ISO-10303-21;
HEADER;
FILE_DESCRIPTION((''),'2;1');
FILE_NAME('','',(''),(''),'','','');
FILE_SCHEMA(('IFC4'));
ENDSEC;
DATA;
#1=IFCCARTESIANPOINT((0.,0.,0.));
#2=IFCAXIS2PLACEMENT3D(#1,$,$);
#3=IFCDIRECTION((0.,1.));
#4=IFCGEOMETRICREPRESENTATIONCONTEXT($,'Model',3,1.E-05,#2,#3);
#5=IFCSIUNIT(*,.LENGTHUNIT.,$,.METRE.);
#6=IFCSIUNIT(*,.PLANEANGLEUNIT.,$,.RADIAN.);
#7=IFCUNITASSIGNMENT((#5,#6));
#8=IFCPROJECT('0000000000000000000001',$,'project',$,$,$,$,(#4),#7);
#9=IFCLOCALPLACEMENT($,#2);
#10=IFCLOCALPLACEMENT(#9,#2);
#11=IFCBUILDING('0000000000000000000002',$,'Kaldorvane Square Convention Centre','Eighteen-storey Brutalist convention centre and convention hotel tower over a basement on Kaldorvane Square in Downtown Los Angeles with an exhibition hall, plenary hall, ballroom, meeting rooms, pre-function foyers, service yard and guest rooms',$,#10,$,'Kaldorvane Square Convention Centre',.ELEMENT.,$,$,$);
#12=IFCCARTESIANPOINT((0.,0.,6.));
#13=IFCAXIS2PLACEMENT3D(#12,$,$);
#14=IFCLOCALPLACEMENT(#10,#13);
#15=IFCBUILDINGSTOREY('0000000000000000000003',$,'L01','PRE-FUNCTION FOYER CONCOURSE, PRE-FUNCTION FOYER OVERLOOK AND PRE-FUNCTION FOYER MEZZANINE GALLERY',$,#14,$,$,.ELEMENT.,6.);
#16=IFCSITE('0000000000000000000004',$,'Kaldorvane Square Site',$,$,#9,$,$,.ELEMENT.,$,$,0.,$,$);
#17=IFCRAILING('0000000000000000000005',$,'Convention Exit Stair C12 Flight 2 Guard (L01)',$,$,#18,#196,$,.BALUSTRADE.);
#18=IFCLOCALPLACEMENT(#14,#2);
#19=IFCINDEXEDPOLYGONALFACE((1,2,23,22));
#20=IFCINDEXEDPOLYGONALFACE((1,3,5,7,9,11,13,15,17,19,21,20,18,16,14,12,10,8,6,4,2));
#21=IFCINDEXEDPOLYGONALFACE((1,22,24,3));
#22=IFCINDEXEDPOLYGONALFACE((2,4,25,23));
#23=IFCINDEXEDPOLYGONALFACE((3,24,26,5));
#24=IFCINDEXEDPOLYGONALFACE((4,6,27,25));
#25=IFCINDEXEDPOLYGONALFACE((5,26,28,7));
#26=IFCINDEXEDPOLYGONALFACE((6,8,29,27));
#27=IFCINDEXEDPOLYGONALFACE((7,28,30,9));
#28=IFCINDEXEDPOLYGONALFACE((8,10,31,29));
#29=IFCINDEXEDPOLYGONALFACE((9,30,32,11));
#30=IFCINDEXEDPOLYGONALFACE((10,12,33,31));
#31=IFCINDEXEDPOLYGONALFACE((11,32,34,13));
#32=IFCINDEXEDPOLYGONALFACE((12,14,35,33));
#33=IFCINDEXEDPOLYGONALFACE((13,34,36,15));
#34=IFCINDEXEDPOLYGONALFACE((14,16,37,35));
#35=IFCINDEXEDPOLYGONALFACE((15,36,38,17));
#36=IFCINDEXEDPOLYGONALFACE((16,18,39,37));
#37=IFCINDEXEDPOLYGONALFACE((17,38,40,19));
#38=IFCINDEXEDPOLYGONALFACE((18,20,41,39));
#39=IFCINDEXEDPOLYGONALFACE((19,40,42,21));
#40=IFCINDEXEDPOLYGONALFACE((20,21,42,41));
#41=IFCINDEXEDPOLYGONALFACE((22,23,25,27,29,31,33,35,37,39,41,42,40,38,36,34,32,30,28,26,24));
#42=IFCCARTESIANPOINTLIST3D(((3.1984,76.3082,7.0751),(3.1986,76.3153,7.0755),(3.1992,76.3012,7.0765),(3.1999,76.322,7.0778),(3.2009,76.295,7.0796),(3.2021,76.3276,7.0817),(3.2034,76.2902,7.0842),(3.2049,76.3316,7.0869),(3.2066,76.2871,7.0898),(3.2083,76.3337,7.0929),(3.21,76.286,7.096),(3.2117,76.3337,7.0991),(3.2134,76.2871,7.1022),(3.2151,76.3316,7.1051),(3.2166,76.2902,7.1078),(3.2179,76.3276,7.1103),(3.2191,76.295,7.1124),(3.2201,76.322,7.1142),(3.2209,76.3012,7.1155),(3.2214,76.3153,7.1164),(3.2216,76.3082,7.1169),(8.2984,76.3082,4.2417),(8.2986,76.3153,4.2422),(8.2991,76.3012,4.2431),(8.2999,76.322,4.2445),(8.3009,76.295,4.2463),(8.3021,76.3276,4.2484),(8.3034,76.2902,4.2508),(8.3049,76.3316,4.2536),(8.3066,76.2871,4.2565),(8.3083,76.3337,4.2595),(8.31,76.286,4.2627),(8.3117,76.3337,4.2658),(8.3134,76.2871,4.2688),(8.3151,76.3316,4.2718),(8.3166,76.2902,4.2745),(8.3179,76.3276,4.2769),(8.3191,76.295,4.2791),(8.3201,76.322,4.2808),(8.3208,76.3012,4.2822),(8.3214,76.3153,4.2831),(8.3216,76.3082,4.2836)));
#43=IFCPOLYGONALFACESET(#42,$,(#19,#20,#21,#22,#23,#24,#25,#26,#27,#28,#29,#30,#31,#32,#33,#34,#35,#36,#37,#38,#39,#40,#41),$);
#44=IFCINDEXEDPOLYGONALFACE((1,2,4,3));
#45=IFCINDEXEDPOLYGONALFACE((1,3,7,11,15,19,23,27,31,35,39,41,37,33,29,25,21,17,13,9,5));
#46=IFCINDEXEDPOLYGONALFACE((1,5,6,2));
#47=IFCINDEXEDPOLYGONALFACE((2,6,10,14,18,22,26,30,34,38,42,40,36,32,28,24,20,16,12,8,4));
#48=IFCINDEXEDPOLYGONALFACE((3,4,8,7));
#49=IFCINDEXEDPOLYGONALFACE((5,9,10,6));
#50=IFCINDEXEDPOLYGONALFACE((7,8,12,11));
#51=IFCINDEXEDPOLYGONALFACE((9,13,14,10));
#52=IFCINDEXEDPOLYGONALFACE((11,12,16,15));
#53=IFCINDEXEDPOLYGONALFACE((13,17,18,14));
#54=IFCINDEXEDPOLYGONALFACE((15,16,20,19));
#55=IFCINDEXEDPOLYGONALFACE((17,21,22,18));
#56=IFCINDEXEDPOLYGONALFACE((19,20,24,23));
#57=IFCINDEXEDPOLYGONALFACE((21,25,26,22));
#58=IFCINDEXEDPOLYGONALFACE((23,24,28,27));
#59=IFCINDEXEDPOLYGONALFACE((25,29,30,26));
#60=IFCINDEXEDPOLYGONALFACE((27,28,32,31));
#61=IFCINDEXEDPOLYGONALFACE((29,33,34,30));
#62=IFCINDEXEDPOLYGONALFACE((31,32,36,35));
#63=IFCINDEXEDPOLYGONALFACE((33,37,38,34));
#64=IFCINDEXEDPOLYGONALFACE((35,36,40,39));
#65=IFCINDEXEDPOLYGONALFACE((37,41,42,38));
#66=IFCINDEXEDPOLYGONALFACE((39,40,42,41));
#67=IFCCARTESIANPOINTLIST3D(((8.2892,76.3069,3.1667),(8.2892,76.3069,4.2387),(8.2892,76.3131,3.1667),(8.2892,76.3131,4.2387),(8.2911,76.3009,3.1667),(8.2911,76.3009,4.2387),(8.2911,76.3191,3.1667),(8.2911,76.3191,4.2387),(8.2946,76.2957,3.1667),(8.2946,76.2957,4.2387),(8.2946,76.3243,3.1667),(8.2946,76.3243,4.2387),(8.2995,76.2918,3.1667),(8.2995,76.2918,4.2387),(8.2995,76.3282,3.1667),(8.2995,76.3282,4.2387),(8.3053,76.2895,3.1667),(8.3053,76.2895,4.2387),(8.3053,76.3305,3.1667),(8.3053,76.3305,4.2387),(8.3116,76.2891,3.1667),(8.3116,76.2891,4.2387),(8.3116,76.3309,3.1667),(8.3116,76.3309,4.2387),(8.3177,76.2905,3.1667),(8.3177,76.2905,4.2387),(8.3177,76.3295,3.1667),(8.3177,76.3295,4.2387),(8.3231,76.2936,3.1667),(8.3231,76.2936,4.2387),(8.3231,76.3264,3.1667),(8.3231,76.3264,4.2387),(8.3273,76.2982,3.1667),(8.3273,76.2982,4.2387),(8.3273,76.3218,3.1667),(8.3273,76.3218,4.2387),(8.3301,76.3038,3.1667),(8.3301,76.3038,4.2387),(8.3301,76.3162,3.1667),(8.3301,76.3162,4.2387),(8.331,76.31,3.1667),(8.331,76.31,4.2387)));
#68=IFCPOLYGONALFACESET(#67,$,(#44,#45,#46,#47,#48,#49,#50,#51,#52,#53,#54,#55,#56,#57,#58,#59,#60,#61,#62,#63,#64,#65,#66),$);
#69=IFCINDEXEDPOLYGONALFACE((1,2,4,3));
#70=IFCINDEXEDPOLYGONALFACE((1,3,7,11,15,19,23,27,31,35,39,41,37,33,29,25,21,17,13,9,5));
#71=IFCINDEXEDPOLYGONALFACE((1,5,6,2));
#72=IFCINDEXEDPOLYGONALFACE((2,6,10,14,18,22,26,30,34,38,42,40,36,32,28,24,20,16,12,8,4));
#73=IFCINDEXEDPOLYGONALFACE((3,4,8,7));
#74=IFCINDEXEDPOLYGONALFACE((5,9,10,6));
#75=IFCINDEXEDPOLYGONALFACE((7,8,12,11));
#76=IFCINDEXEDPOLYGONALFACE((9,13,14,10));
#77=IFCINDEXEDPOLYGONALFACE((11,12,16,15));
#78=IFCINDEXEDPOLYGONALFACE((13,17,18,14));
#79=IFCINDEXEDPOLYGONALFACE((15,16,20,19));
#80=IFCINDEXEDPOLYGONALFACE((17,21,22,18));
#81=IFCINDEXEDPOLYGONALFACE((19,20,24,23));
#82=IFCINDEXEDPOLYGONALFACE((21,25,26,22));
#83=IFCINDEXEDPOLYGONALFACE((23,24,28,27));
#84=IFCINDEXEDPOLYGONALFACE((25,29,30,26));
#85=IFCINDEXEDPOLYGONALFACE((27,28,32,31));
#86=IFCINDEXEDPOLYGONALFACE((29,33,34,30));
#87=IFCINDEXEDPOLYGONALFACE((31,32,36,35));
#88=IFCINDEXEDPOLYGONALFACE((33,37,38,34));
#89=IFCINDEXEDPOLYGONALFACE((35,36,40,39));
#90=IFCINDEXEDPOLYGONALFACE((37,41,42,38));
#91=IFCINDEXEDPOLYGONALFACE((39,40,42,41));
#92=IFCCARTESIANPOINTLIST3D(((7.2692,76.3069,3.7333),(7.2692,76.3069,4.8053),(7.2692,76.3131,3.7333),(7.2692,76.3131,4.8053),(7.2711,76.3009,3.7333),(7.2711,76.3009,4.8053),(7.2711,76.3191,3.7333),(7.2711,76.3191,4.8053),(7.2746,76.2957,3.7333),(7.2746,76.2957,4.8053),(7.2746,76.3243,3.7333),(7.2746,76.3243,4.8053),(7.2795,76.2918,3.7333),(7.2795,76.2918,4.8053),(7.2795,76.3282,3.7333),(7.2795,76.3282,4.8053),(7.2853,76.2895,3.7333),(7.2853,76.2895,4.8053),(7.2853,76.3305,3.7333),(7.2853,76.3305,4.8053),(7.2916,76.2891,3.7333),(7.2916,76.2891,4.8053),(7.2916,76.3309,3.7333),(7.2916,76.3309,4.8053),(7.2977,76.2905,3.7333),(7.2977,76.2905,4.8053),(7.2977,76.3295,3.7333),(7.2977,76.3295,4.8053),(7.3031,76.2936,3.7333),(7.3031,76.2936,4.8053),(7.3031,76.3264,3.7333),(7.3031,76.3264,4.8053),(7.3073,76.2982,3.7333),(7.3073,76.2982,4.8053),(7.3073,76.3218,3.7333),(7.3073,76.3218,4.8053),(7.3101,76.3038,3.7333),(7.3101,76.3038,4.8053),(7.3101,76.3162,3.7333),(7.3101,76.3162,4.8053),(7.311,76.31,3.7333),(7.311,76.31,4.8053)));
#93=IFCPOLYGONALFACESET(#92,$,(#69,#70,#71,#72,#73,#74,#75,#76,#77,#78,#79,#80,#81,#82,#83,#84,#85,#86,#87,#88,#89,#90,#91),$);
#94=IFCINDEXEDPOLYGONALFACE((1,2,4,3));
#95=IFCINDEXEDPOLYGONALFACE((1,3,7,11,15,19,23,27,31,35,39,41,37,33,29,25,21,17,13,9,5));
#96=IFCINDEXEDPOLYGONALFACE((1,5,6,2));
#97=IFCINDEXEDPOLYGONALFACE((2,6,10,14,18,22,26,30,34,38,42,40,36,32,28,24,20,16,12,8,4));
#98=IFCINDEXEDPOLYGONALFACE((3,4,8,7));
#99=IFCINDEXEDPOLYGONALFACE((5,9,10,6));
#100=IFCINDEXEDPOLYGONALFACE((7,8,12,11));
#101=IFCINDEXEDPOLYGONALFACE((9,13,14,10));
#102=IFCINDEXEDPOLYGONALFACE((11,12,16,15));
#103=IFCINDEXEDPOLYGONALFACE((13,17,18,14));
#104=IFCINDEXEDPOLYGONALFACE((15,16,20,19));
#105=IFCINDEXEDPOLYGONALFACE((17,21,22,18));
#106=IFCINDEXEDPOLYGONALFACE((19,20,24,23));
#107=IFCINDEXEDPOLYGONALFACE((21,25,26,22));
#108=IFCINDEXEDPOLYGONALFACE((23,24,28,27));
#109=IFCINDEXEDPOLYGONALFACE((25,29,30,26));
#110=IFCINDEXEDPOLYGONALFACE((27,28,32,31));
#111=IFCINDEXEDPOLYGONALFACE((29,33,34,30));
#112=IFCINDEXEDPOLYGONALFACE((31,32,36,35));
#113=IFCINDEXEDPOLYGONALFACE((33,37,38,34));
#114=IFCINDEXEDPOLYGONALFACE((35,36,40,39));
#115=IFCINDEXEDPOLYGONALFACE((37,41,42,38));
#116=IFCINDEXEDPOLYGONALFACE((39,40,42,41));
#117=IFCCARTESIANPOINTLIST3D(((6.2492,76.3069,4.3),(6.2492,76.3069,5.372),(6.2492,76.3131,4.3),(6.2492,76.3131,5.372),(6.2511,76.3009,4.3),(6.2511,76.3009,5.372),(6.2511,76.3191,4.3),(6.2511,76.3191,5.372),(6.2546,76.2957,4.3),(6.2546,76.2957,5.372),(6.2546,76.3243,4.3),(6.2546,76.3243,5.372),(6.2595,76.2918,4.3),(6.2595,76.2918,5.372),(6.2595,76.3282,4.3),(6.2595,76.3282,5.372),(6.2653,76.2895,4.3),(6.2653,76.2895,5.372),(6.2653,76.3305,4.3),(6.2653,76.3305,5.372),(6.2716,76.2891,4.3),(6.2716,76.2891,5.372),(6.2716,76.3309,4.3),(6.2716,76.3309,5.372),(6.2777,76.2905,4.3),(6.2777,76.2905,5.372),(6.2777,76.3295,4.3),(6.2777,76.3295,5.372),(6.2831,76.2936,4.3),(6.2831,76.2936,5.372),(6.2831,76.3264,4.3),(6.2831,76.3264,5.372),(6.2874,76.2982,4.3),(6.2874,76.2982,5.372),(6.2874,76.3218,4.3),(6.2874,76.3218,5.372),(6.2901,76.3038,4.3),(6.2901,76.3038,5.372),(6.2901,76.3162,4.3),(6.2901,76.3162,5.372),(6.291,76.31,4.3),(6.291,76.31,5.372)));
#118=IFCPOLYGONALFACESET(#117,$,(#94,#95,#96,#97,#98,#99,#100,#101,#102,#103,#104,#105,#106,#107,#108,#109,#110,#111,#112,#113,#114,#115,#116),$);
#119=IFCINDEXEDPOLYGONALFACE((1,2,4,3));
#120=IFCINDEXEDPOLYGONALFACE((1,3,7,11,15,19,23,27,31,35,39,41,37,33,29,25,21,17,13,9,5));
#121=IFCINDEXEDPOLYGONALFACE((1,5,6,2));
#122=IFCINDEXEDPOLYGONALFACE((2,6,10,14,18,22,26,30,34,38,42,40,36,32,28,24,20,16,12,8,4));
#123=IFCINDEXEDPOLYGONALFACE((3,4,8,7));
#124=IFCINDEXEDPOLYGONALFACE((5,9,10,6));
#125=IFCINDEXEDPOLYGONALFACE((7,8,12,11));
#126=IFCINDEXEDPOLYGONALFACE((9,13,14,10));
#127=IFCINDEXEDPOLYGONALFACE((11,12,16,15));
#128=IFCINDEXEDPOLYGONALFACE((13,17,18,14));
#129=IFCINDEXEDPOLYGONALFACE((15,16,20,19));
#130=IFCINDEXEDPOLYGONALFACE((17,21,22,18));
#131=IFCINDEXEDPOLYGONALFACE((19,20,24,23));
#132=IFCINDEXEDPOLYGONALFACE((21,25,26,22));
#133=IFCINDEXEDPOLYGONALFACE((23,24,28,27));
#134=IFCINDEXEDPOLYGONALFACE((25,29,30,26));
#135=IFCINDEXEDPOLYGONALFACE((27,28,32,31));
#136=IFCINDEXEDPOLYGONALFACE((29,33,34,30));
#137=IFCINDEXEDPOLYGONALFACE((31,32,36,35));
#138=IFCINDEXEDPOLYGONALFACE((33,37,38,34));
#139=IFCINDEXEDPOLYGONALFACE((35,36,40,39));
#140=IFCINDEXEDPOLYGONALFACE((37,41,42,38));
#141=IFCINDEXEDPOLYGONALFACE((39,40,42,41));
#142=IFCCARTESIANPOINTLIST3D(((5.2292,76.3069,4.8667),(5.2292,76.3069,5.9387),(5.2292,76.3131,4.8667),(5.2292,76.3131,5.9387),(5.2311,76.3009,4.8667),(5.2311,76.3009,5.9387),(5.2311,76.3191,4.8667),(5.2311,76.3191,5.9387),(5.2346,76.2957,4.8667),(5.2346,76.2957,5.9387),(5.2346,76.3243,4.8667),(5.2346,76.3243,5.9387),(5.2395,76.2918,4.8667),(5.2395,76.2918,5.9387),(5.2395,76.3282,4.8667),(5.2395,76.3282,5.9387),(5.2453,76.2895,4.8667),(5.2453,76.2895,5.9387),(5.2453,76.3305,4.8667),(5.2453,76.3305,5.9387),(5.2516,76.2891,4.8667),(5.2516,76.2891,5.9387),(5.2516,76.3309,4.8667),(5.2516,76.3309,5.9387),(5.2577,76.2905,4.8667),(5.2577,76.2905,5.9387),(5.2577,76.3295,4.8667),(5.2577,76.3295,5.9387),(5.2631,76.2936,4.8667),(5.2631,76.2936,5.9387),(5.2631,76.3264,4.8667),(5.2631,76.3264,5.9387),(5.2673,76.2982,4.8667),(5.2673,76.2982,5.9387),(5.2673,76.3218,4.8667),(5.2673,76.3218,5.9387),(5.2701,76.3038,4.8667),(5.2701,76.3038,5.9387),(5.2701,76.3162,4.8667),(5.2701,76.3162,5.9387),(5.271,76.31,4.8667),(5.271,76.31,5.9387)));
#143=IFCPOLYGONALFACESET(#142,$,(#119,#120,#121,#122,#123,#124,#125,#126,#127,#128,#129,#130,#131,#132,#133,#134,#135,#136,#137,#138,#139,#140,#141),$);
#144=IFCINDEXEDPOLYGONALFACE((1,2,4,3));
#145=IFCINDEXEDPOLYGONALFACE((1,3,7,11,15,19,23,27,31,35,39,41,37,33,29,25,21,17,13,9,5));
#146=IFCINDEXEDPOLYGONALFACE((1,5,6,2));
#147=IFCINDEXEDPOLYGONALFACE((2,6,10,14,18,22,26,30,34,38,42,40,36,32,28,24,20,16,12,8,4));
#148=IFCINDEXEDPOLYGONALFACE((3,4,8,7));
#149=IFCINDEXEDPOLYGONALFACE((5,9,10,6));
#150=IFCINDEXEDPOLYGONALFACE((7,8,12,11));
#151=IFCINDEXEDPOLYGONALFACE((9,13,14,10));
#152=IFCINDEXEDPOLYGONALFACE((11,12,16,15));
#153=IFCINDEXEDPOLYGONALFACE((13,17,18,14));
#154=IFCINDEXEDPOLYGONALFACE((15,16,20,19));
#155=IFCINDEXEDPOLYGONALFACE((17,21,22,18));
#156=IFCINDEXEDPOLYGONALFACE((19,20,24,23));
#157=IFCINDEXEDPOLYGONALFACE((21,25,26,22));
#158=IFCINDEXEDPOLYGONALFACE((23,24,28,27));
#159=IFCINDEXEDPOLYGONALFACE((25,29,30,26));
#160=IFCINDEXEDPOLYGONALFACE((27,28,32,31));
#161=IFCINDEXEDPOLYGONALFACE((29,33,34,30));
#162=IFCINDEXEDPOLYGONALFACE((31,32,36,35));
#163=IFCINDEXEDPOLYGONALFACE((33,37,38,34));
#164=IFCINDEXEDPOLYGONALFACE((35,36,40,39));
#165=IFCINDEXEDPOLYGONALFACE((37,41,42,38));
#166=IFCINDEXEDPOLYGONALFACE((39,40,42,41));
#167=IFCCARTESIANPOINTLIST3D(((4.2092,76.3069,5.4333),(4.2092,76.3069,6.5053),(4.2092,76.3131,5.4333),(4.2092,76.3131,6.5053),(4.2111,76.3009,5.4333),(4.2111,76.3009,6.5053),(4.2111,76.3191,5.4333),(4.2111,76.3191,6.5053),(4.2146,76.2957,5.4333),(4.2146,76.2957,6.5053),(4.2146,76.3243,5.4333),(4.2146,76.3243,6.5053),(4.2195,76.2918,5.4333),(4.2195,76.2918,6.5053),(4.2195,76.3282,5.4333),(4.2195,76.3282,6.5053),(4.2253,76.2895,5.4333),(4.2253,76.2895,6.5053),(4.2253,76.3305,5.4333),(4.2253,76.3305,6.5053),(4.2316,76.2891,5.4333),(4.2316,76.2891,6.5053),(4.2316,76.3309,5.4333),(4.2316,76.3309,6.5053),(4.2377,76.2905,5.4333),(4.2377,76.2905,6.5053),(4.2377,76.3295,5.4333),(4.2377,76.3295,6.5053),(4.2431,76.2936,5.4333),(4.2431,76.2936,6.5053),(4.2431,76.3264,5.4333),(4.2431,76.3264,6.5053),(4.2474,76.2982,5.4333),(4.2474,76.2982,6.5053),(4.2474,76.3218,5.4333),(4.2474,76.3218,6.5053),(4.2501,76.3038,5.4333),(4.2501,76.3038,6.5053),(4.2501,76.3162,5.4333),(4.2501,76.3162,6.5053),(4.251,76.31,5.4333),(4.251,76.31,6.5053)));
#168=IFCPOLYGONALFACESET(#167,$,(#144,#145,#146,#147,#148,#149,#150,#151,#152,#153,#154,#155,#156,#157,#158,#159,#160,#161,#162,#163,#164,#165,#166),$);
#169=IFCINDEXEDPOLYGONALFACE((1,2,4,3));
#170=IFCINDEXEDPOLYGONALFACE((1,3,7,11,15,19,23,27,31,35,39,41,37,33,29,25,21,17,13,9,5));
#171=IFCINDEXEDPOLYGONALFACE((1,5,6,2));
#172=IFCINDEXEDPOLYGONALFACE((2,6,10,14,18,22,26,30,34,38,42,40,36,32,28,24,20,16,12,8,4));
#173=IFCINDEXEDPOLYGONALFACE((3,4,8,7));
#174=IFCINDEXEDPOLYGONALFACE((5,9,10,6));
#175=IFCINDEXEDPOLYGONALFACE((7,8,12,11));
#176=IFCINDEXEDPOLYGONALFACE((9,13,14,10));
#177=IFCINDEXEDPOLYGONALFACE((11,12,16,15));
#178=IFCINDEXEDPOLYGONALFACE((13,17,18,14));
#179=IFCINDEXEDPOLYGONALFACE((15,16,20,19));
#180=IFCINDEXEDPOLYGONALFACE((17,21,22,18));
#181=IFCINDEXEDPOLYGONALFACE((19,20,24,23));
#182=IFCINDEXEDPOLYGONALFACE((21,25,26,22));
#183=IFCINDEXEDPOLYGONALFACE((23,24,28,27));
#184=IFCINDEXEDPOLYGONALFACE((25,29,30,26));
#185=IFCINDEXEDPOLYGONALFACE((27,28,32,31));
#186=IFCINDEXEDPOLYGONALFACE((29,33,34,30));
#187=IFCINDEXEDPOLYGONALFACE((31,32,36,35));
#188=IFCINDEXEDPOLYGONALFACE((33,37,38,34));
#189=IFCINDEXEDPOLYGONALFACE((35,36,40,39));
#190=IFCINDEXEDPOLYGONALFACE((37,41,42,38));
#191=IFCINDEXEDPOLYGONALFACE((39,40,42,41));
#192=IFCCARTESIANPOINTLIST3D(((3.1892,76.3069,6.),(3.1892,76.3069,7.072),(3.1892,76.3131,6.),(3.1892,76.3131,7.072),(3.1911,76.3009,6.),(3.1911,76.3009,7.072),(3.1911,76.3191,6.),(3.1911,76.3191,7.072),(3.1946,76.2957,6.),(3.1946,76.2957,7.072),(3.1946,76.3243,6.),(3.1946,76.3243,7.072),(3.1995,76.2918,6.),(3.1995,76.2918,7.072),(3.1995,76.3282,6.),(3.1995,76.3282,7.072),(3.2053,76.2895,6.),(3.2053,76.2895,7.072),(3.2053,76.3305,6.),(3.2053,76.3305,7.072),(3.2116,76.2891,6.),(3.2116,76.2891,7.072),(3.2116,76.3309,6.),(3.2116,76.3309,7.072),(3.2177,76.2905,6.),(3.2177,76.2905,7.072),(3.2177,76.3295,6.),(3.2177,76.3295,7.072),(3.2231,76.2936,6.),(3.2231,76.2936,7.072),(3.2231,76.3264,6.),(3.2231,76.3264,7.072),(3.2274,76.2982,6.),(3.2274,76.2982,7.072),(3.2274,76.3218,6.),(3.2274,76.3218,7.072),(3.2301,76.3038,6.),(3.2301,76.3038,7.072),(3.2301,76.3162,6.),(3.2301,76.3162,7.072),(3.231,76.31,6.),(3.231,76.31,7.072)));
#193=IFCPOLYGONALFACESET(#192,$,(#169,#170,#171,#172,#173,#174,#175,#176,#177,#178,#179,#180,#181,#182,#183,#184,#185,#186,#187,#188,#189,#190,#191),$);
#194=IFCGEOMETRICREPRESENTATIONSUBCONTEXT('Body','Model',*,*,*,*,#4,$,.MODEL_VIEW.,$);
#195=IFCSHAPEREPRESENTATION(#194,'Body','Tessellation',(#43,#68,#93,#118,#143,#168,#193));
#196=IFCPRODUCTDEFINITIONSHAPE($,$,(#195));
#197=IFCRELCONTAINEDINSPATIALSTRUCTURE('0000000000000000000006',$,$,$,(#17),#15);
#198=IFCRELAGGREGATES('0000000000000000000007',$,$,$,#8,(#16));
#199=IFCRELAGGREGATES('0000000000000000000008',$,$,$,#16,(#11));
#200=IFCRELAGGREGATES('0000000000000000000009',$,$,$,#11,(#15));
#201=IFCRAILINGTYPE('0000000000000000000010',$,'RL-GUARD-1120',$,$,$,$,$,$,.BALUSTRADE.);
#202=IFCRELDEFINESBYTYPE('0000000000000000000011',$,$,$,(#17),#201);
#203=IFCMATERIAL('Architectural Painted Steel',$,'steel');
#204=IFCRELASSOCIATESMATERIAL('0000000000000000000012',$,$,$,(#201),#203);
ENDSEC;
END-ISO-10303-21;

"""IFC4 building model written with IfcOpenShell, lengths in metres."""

from ifc_helpers import new_model, si_unit, direction, frame, origin, origin_2d, place, context, subcontext, project, spatial, circle, extrude, material, type_object, element, save


model = new_model("IFC4")

# Units and contexts
model_context = context("Model", 3, precision=1e-05, world=origin(), true_north=direction((0.0, 1.0)))
body_context = subcontext(model_context, "Body", "Model", "MODEL_VIEW")
ifc_project = project(units=[si_unit("LENGTHUNIT", "METRE"), si_unit("PLANEANGLEUNIT", "RADIAN")], contexts=[model_context])

# Site, building, storey
site_placement = place(None, origin())
site = spatial("IfcSite", under=ifc_project, at=site_placement, Name="Kaldorvane Square Site", CompositionType="ELEMENT", RefElevation=0.0)
building_placement = place(site_placement, origin())
building = spatial("IfcBuilding", under=site, at=building_placement, Name="Kaldorvane Square Convention Centre", Description="Eighteen-storey Brutalist convention centre and convention hotel tower over a basement on Kaldorvane Square in Downtown Los Angeles with an exhibition hall, plenary hall, ballroom, meeting rooms, pre-function foyers, service yard and guest rooms", LongName="Kaldorvane Square Convention Centre", CompositionType="ELEMENT")
storey_placement = place(building_placement, frame((0.0, 0.0, 6.0)))
storey = spatial("IfcBuildingStorey", under=building, at=storey_placement, Name="L01", Description="PRE-FUNCTION FOYER CONCOURSE, PRE-FUNCTION FOYER OVERLOOK AND PRE-FUNCTION FOYER MEZZANINE GALLERY", CompositionType="ELEMENT", Elevation=6.0)

# Railing
ifc_material_1 = material(Name="Architectural Painted Steel", Category="steel")
railing_type_1 = type_object("IfcRailingType", Name="RL-GUARD-1120", PredefinedType="BALUSTRADE", material=ifc_material_1)
railing_1_placement = place(storey_placement, frame((8.31, 76.31, 3.1667)))
element("IfcRailing", 1, at=railing_1_placement, inside=storey, type_object=railing_type_1, Name="Convention Exit Stair C12 Flight 2 Guard (L01)", PredefinedType="BALUSTRADE", context=body_context, shape_type="SweptSolid", body=[
    extrude(circle(Radius=0.024, at=origin_2d()), frame((0.0, 0.0, 1.096), z_axis=(-0.874157, 0.0, 0.485643), x_axis=(0.0, -1.0, 0.0)), (0.0, 0.0, 1.0), 5.8342),
    extrude(circle(Radius=0.021, at=origin_2d()), origin(), (0.0, 0.0, 1.0), 1.072),
    extrude(circle(Radius=0.021, at=origin_2d()), frame((-1.02, 0.0, 0.5667)), (0.0, 0.0, 1.0), 1.072),
    extrude(circle(Radius=0.021, at=origin_2d()), frame((-2.04, 0.0, 1.1333)), (0.0, 0.0, 1.0), 1.072),
    extrude(circle(Radius=0.021, at=origin_2d()), frame((-3.06, 0.0, 1.7)), (0.0, 0.0, 1.0), 1.072),
    extrude(circle(Radius=0.021, at=origin_2d()), frame((-4.08, 0.0, 2.2667)), (0.0, 0.0, 1.0), 1.072),
    extrude(circle(Radius=0.021, at=origin_2d()), frame((-5.1, 0.0, 2.8333)), (0.0, 0.0, 1.0), 1.072),
])

save(model, "model.ifc")
